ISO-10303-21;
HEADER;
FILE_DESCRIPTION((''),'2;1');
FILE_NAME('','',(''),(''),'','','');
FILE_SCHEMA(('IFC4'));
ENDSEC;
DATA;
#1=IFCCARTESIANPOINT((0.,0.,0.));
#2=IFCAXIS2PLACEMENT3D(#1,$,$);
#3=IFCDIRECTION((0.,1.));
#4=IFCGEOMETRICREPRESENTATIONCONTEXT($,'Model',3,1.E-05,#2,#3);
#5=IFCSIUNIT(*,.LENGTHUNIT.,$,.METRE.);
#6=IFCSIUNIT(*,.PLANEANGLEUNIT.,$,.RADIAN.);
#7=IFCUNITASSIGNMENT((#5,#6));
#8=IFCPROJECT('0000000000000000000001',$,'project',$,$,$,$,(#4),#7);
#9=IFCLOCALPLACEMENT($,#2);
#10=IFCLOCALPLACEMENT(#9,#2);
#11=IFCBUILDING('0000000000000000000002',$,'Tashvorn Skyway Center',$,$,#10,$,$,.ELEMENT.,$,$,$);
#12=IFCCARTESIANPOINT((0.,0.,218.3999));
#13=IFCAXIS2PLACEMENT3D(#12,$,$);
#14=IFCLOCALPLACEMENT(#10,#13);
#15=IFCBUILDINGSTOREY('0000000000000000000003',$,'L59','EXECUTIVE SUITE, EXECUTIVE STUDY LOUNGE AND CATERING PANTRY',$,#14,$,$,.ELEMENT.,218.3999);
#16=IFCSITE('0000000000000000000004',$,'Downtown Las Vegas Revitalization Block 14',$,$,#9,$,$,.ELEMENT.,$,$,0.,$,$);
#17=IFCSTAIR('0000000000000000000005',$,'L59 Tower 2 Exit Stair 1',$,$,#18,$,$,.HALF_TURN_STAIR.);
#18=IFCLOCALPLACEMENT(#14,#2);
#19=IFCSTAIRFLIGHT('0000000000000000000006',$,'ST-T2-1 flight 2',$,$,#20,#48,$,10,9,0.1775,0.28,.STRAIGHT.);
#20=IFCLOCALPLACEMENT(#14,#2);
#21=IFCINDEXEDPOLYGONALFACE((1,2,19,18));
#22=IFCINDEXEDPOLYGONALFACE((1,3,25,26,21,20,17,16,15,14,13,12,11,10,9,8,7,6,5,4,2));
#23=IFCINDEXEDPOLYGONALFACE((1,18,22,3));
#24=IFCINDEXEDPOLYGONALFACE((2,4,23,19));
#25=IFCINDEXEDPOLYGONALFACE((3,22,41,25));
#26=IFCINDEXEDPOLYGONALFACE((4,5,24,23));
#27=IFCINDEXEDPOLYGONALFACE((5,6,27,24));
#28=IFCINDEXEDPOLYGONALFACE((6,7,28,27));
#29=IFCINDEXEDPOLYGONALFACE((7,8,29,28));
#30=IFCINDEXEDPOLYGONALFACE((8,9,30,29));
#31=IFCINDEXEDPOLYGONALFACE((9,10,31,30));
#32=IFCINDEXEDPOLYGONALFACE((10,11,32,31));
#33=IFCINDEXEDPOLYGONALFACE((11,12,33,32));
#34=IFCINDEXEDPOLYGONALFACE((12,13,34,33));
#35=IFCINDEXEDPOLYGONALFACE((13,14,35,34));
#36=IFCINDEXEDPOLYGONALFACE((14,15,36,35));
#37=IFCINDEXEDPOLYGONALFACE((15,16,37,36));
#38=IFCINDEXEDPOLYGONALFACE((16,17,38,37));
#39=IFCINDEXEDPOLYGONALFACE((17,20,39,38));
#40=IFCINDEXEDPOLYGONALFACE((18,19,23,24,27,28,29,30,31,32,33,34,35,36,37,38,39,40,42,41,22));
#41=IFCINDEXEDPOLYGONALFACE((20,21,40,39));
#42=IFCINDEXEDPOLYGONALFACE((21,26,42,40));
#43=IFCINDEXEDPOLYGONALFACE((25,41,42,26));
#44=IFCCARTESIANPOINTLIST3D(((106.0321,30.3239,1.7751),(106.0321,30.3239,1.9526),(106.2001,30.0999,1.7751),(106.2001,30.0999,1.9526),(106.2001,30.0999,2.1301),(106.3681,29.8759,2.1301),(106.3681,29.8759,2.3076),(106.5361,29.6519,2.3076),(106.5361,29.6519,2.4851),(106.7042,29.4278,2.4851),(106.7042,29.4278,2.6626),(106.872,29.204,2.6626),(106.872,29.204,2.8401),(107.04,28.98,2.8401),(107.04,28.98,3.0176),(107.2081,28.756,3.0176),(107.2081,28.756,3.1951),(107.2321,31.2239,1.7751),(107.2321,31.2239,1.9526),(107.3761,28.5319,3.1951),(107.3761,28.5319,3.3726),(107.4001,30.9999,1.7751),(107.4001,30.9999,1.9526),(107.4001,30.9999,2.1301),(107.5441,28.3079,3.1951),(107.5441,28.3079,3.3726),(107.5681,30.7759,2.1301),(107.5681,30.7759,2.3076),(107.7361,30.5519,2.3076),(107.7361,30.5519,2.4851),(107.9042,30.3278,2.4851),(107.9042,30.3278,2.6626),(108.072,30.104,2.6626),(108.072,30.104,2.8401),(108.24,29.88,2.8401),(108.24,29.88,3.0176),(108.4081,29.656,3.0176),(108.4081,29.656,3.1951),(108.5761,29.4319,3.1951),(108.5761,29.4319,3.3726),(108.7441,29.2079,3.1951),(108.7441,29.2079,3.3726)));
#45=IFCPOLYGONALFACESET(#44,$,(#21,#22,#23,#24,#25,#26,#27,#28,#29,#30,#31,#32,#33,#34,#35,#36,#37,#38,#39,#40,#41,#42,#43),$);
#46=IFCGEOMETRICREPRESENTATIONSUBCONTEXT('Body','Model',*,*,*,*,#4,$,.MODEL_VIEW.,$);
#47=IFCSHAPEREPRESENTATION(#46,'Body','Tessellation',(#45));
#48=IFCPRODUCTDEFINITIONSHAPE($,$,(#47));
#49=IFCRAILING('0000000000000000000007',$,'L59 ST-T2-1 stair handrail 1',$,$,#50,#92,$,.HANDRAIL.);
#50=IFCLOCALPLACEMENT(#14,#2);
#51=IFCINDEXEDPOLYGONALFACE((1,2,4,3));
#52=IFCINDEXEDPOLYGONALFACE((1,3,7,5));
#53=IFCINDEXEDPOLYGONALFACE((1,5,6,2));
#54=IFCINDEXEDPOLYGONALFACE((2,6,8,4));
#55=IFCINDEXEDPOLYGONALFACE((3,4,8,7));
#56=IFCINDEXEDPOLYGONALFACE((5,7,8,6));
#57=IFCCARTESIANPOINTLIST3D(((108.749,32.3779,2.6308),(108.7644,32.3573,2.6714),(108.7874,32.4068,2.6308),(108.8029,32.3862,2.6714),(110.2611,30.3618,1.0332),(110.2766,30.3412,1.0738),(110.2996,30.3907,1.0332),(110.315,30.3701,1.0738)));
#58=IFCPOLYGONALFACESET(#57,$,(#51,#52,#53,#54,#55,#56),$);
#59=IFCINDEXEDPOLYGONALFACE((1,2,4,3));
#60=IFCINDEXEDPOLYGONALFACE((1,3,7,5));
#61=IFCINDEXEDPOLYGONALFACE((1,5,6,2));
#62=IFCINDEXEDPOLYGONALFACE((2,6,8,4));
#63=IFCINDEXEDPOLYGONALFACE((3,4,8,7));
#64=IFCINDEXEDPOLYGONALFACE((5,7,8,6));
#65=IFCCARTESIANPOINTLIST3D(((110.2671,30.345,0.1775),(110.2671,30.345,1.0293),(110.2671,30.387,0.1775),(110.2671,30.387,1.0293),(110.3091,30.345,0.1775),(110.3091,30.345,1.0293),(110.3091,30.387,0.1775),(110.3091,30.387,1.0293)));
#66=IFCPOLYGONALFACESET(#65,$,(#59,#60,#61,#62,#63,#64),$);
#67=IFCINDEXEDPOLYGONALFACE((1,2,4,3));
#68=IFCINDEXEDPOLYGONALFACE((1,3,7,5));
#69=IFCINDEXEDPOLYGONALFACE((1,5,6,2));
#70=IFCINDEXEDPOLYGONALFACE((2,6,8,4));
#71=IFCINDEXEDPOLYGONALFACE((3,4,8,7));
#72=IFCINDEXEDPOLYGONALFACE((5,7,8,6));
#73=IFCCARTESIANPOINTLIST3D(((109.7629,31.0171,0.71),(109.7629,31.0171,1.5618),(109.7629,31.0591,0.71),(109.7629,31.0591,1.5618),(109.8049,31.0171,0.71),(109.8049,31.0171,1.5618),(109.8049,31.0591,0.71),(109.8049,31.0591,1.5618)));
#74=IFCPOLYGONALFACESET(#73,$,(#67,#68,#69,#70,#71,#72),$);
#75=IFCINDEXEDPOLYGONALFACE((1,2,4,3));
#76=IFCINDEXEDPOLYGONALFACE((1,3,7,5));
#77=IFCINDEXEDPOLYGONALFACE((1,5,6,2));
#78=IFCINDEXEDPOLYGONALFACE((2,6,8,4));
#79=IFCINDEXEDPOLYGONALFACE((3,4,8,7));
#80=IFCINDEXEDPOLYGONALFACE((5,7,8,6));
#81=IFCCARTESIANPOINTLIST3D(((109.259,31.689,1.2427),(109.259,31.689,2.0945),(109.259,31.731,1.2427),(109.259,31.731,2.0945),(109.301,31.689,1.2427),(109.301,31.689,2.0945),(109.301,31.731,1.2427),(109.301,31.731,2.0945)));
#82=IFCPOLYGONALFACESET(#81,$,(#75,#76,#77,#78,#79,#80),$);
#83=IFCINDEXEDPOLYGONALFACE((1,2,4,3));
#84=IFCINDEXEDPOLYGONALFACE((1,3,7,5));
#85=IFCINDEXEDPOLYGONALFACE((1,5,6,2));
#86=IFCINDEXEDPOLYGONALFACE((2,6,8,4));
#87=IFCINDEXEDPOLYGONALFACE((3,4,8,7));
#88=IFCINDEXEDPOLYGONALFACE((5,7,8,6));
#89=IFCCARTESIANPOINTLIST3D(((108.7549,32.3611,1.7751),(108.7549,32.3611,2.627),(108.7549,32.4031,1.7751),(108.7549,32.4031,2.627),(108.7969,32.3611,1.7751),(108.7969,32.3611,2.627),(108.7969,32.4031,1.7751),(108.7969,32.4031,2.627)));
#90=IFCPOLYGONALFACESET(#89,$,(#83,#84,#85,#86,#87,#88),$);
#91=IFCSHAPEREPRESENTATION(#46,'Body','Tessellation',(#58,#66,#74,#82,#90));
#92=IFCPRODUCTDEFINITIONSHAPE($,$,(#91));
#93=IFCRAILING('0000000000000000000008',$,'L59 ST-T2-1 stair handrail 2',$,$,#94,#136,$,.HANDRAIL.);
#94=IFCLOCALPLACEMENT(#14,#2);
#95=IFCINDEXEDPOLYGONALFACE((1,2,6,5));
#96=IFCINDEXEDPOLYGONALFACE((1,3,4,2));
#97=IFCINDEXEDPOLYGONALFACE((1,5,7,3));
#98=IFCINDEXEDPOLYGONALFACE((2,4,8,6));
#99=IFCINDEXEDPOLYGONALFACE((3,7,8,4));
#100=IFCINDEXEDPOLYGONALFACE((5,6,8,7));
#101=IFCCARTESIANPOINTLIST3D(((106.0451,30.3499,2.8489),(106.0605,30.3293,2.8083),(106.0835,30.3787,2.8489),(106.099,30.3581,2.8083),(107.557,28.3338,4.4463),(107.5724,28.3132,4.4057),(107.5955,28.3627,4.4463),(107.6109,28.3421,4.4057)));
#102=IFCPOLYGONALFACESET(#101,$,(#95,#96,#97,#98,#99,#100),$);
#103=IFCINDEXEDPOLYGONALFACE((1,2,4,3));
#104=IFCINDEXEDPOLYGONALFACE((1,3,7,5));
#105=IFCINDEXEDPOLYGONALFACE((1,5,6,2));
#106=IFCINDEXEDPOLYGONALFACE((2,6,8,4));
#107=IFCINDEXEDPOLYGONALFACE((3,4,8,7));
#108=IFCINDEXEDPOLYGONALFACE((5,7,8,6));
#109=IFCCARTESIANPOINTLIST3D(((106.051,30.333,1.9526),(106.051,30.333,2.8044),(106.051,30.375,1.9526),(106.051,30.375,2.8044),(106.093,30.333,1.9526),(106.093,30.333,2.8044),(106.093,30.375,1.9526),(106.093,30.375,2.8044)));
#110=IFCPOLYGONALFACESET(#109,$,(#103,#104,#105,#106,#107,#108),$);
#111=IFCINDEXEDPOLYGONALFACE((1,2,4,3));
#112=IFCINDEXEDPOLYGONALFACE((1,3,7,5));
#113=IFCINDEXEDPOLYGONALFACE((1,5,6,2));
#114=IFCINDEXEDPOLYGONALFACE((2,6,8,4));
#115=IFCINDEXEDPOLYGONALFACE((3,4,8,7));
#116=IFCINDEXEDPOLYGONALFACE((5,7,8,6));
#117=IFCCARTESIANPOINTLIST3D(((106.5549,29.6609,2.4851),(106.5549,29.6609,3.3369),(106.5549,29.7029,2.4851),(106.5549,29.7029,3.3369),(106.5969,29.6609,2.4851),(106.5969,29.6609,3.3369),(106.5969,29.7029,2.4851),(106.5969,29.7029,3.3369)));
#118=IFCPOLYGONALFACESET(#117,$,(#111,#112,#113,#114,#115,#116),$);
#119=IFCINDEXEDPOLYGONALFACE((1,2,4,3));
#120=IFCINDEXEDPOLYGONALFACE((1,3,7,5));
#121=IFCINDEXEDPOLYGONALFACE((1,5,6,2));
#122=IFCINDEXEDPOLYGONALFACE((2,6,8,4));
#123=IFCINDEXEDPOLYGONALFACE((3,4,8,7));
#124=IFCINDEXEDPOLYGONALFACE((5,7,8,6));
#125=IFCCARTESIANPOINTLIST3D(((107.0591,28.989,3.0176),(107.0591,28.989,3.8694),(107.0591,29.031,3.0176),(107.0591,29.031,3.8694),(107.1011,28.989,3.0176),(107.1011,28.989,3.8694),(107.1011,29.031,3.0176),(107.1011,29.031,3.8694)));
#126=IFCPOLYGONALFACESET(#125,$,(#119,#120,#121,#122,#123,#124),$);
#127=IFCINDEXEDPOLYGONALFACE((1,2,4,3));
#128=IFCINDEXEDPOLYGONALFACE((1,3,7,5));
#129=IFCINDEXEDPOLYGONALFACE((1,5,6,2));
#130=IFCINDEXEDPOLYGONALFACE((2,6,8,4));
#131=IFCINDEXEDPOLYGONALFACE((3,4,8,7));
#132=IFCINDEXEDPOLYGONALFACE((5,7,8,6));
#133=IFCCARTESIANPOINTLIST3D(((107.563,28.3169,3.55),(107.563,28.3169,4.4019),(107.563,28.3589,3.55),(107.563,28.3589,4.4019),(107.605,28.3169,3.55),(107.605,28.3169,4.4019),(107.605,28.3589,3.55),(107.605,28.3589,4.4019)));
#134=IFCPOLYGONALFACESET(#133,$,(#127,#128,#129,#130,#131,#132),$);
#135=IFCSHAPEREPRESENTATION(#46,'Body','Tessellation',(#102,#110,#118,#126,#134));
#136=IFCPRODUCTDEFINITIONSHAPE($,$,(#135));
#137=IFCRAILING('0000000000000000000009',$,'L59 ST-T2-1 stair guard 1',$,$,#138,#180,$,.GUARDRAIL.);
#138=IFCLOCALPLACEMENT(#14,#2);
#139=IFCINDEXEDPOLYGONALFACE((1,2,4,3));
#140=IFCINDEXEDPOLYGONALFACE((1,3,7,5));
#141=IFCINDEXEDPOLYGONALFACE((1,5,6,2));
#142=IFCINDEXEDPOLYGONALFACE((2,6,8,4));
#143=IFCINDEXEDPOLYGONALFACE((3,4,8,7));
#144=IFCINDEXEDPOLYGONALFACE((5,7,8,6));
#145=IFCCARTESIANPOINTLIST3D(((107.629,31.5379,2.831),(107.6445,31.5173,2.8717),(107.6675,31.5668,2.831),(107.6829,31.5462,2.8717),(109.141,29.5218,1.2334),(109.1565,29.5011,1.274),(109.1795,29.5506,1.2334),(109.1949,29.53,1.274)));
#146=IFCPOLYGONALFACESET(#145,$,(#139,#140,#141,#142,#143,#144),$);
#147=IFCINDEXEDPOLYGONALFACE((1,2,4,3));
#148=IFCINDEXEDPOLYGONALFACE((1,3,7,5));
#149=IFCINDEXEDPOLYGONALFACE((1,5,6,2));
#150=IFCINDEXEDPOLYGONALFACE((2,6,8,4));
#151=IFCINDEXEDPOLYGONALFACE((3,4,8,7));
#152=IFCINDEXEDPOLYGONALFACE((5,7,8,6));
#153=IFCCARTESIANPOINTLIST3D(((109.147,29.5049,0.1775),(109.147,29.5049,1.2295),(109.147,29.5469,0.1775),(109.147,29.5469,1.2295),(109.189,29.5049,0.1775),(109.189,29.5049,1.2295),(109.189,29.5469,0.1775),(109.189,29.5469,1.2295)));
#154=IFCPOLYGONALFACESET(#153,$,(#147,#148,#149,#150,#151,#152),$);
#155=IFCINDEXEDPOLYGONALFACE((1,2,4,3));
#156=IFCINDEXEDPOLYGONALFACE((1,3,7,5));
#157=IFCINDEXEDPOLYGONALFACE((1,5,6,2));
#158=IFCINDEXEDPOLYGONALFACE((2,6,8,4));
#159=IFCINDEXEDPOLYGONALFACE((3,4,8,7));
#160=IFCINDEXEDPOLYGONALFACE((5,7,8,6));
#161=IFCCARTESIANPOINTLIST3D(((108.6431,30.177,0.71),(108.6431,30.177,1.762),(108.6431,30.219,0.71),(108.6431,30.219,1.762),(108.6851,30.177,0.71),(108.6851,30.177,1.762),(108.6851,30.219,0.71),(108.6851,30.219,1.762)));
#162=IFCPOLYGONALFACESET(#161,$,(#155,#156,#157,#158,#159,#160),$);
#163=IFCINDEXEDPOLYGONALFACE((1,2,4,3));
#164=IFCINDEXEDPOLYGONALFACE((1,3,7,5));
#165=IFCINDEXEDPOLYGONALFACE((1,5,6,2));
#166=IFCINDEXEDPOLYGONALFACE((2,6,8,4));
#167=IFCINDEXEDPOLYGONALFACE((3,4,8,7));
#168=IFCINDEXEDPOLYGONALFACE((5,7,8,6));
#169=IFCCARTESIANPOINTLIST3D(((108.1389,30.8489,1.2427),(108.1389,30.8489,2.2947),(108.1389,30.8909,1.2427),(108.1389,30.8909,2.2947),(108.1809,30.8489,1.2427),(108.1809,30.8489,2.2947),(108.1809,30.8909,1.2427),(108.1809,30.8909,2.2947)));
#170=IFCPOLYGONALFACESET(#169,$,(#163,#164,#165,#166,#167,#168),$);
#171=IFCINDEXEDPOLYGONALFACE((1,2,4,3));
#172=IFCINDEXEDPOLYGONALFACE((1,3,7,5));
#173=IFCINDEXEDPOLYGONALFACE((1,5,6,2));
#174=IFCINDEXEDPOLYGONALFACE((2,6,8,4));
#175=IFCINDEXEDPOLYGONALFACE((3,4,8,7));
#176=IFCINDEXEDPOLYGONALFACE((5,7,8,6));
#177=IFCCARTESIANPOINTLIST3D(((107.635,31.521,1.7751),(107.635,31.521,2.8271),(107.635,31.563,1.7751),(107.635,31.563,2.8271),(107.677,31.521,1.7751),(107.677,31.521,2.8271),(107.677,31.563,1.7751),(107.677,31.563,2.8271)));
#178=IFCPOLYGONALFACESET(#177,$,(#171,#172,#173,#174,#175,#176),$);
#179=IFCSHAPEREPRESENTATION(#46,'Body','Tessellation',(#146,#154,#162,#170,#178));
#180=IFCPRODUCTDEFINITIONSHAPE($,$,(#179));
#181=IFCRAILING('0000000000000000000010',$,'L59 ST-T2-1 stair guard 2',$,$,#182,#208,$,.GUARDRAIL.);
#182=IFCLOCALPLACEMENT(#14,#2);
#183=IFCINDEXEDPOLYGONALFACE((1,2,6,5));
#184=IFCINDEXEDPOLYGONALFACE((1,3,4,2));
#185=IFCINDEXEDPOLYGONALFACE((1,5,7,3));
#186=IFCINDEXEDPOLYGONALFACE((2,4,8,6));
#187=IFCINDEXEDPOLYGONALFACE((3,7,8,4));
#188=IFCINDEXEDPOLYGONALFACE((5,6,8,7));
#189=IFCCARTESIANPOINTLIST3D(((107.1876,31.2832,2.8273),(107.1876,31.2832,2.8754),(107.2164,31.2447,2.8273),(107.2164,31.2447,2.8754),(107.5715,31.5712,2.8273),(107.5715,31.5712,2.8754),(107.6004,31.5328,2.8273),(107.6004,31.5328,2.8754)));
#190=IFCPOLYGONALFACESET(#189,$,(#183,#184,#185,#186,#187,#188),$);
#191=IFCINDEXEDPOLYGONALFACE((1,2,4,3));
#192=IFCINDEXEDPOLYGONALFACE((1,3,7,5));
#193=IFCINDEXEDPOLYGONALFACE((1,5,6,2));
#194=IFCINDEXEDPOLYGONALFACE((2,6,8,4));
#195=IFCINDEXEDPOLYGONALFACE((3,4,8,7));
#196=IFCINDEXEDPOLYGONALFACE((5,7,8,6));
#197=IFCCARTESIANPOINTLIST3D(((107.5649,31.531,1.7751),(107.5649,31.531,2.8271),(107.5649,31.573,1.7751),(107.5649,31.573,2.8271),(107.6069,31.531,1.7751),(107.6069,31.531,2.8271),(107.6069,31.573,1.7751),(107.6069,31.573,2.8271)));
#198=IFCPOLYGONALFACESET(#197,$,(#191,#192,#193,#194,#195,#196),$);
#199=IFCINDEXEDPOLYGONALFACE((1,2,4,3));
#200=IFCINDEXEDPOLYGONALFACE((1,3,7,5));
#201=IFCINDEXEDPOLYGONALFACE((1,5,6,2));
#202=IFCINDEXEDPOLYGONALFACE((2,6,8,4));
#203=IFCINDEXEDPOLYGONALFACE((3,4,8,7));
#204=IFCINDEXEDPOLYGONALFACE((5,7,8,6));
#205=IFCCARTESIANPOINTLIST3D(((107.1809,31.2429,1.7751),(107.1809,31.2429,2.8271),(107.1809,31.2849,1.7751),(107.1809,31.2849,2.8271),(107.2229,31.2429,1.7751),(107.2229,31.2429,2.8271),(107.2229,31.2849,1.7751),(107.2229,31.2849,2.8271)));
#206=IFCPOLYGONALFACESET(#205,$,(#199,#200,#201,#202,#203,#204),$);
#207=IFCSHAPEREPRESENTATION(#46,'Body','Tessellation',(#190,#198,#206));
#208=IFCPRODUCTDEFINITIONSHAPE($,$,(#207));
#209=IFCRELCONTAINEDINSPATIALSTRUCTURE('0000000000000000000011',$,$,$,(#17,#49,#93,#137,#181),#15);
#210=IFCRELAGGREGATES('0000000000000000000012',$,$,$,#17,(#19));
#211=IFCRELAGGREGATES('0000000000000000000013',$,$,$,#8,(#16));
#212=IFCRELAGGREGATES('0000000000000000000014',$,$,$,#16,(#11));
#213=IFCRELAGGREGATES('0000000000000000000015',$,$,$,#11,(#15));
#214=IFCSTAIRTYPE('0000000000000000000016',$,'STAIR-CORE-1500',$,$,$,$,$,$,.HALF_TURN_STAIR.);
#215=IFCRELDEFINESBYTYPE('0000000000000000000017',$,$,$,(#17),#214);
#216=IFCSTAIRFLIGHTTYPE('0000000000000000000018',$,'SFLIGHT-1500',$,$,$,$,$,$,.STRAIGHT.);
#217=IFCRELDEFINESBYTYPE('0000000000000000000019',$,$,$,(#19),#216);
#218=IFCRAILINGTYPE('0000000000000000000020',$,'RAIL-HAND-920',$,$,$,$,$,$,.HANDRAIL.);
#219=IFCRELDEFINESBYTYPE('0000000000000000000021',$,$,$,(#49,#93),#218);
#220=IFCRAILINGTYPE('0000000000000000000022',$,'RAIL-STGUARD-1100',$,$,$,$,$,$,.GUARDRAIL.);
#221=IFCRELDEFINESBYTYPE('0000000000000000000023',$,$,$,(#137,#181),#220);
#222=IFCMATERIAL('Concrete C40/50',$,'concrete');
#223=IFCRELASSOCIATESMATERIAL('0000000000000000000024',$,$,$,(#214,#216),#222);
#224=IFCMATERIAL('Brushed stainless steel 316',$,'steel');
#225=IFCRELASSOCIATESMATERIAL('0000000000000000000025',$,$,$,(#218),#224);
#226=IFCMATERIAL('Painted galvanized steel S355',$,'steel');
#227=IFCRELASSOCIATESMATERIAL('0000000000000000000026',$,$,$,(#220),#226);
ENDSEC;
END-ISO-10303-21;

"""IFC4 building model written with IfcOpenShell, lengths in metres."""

from ifc_helpers import new_model, si_unit, direction, frame, origin, origin_2d, place, context, subcontext, project, spatial, polyline, rectangle, outline, extrude, material, type_object, element, aggregate, save


model = new_model("IFC4")

# Units and contexts
model_context = context("Model", 3, precision=1e-05, world=origin(), true_north=direction((0.0, 1.0)))
body_context = subcontext(model_context, "Body", "Model", "MODEL_VIEW")
ifc_project = project(units=[si_unit("LENGTHUNIT", "METRE"), si_unit("PLANEANGLEUNIT", "RADIAN")], contexts=[model_context])

# Site, building, storey
site_placement = place(None, origin())
site = spatial("IfcSite", under=ifc_project, at=site_placement, Name="Downtown Las Vegas Revitalization Block 14", CompositionType="ELEMENT", RefElevation=0.0)
building_placement = place(site_placement, origin())
building = spatial("IfcBuilding", under=site, at=building_placement, Name="Tashvorn Skyway Center", CompositionType="ELEMENT")
storey_placement = place(building_placement, frame((0.0, 0.0, 218.3999)))
storey = spatial("IfcBuildingStorey", under=building, at=storey_placement, Name="L59", Description="EXECUTIVE SUITE, EXECUTIVE STUDY LOUNGE AND CATERING PANTRY", CompositionType="ELEMENT", Elevation=218.3999)

# Shared definitions
ifc_material_1 = material(Name="Concrete C40/50", Category="concrete")

# Stair, stair flight
stair_type = type_object("IfcStairType", Name="STAIR-CORE-1500", PredefinedType="HALF_TURN_STAIR", material=ifc_material_1)
stair_placement = place(storey_placement, origin())
stair = element("IfcStair", 1, at=stair_placement, inside=storey, type_object=stair_type, Name="L59 Tower 2 Exit Stair 1", PredefinedType="HALF_TURN_STAIR")
stair_flight_type = type_object("IfcStairFlightType", Name="SFLIGHT-1500", PredefinedType="STRAIGHT", material=ifc_material_1)
stair_flight_1_placement = place(storey_placement, frame((106.6321, 30.7739, 1.7751), z_axis=(0.0, 0.0, 1.0), x_axis=(0.6, -0.8, 0.0)))
stair_flight_1 = element("IfcStairFlight", 2, at=stair_flight_1_placement, type_object=stair_flight_type, Name="ST-T2-1 flight 2", NumberOfRisers=10, NumberOfTreads=9, PredefinedType="STRAIGHT", RiserHeight=0.1775, TreadLength=0.28, context=body_context, shape_type="SweptSolid", body=[
    extrude(outline(polyline([(0.0, 0.0), (0.0, 0.1775), (0.28, 0.1775), (0.28, 0.355), (0.5601, 0.355), (0.5601, 0.5325), (0.8401, 0.5325), (0.8401, 0.71), (1.1201, 0.71), (1.1201, 0.8875), (1.3999, 0.8875), (1.3999, 1.0649), (1.6799, 1.0649), (1.6799, 1.2424), (1.96, 1.2424), (1.96, 1.4199), (2.24, 1.4199), (2.24, 1.5974), (2.52, 1.5974), (2.52, 1.7749), (2.52, 1.4199), (0.28, 0.0), (0.0, 0.0)])), frame((0.0, 0.75, 0.0), z_axis=(0.0, -1.0, 0.0), x_axis=(1.0, 0.0, 0.0)), (0.0, 0.0, 1.0), 1.5),
])
aggregate(stair, [stair_flight_1])

# Railings
ifc_material_2 = material(Name="Brushed stainless steel 316", Category="steel")
railing_type_1 = type_object("IfcRailingType", Name="RAIL-HAND-920", PredefinedType="HANDRAIL", material=ifc_material_2)
railing_1_placement = place(storey_placement, frame((110.2881, 30.366, 0.1775)))
element("IfcRailing", 3, at=railing_1_placement, inside=storey, type_object=railing_type_1, Name="L59 ST-T2-1 stair handrail 1", PredefinedType="HANDRAIL", context=body_context, shape_type="SweptSolid", body=[
    extrude(rectangle(XDim=0.0481, YDim=0.0481, at=origin_2d()), frame((0.0, 0.0, 0.876), z_axis=(-0.506779, 0.675651, 0.535416), x_axis=(-0.799977, -0.600031, 0.0)), (0.0, 0.0, 1.0), 2.9839),
    extrude(rectangle(XDim=0.042, YDim=0.042, at=origin_2d()), origin(), (0.0, 0.0, 1.0), 0.8518),
    extrude(rectangle(XDim=0.042, YDim=0.042, at=origin_2d()), frame((-0.5042, 0.6721, 0.5325)), (0.0, 0.0, 1.0), 0.8518),
    extrude(rectangle(XDim=0.042, YDim=0.042, at=origin_2d()), frame((-1.0081, 1.344, 1.0652)), (0.0, 0.0, 1.0), 0.8518),
    extrude(rectangle(XDim=0.042, YDim=0.042, at=origin_2d()), frame((-1.5122, 2.0161, 1.5977)), (0.0, 0.0, 1.0), 0.8518),
])
railing_2_placement = place(storey_placement, frame((106.072, 30.354, 1.9526)))
element("IfcRailing", 4, at=railing_2_placement, inside=storey, type_object=railing_type_1, Name="L59 ST-T2-1 stair handrail 2", PredefinedType="HANDRAIL", context=body_context, shape_type="SweptSolid", body=[
    extrude(rectangle(XDim=0.0481, YDim=0.0481, at=origin_2d()), frame((0.0, 0.0, 0.876), z_axis=(0.506741, -0.675709, 0.535379), x_axis=(0.800023, 0.599969, 0.0)), (0.0, 0.0, 1.0), 2.9836),
    extrude(rectangle(XDim=0.042, YDim=0.042, at=origin_2d()), origin(), (0.0, 0.0, 1.0), 0.8518),
    extrude(rectangle(XDim=0.042, YDim=0.042, at=origin_2d()), frame((0.5039, -0.6721, 0.5325)), (0.0, 0.0, 1.0), 0.8518),
    extrude(rectangle(XDim=0.042, YDim=0.042, at=origin_2d()), frame((1.0081, -1.344, 1.0649)), (0.0, 0.0, 1.0), 0.8518),
    extrude(rectangle(XDim=0.042, YDim=0.042, at=origin_2d()), frame((1.512, -2.0161, 1.5974)), (0.0, 0.0, 1.0), 0.8518),
])
ifc_material_3 = material(Name="Painted galvanized steel S355", Category="steel")
railing_type_2 = type_object("IfcRailingType", Name="RAIL-STGUARD-1100", PredefinedType="GUARDRAIL", material=ifc_material_3)
railing_3_placement = place(storey_placement, frame((109.168, 29.5259, 0.1775)))
element("IfcRailing", 5, at=railing_3_placement, inside=storey, type_object=railing_type_2, Name="L59 ST-T2-1 stair guard 1", PredefinedType="GUARDRAIL", context=body_context, shape_type="SweptSolid", body=[
    extrude(rectangle(XDim=0.0481, YDim=0.0481, at=origin_2d()), frame((0.0, 0.0, 1.0762), z_axis=(-0.506719, 0.675679, 0.535438), x_axis=(-0.800023, -0.599969, 0.0)), (0.0, 0.0, 1.0), 2.9839),
    extrude(rectangle(XDim=0.042, YDim=0.042, at=origin_2d()), origin(), (0.0, 0.0, 1.0), 1.052),
    extrude(rectangle(XDim=0.042, YDim=0.042, at=origin_2d()), frame((-0.5039, 0.6721, 0.5325)), (0.0, 0.0, 1.0), 1.052),
    extrude(rectangle(XDim=0.042, YDim=0.042, at=origin_2d()), frame((-1.0081, 1.344, 1.0652)), (0.0, 0.0, 1.0), 1.052),
    extrude(rectangle(XDim=0.042, YDim=0.042, at=origin_2d()), frame((-1.512, 2.0161, 1.5977)), (0.0, 0.0, 1.0), 1.052),
])
railing_4_placement = place(storey_placement, frame((107.5859, 31.552, 1.7751)))
element("IfcRailing", 6, at=railing_4_placement, inside=storey, type_object=railing_type_2, Name="L59 ST-T2-1 stair guard 2", PredefinedType="GUARDRAIL", context=body_context, shape_type="SweptSolid", body=[
    extrude(rectangle(XDim=0.0481, YDim=0.0481, at=origin_2d()), frame((0.0, 0.0, 1.0762), z_axis=(-0.799939, -0.600081, 0.0), x_axis=(0.600081, -0.799939, 0.0)), (0.0, 0.0, 1.0), 0.48),
    extrude(rectangle(XDim=0.042, YDim=0.042, at=origin_2d()), origin(), (0.0, 0.0, 1.0), 1.052),
    extrude(rectangle(XDim=0.042, YDim=0.042, at=origin_2d()), frame((-0.384, -0.2881, 0.0)), (0.0, 0.0, 1.0), 1.052),
])

save(model, "model.ifc")
